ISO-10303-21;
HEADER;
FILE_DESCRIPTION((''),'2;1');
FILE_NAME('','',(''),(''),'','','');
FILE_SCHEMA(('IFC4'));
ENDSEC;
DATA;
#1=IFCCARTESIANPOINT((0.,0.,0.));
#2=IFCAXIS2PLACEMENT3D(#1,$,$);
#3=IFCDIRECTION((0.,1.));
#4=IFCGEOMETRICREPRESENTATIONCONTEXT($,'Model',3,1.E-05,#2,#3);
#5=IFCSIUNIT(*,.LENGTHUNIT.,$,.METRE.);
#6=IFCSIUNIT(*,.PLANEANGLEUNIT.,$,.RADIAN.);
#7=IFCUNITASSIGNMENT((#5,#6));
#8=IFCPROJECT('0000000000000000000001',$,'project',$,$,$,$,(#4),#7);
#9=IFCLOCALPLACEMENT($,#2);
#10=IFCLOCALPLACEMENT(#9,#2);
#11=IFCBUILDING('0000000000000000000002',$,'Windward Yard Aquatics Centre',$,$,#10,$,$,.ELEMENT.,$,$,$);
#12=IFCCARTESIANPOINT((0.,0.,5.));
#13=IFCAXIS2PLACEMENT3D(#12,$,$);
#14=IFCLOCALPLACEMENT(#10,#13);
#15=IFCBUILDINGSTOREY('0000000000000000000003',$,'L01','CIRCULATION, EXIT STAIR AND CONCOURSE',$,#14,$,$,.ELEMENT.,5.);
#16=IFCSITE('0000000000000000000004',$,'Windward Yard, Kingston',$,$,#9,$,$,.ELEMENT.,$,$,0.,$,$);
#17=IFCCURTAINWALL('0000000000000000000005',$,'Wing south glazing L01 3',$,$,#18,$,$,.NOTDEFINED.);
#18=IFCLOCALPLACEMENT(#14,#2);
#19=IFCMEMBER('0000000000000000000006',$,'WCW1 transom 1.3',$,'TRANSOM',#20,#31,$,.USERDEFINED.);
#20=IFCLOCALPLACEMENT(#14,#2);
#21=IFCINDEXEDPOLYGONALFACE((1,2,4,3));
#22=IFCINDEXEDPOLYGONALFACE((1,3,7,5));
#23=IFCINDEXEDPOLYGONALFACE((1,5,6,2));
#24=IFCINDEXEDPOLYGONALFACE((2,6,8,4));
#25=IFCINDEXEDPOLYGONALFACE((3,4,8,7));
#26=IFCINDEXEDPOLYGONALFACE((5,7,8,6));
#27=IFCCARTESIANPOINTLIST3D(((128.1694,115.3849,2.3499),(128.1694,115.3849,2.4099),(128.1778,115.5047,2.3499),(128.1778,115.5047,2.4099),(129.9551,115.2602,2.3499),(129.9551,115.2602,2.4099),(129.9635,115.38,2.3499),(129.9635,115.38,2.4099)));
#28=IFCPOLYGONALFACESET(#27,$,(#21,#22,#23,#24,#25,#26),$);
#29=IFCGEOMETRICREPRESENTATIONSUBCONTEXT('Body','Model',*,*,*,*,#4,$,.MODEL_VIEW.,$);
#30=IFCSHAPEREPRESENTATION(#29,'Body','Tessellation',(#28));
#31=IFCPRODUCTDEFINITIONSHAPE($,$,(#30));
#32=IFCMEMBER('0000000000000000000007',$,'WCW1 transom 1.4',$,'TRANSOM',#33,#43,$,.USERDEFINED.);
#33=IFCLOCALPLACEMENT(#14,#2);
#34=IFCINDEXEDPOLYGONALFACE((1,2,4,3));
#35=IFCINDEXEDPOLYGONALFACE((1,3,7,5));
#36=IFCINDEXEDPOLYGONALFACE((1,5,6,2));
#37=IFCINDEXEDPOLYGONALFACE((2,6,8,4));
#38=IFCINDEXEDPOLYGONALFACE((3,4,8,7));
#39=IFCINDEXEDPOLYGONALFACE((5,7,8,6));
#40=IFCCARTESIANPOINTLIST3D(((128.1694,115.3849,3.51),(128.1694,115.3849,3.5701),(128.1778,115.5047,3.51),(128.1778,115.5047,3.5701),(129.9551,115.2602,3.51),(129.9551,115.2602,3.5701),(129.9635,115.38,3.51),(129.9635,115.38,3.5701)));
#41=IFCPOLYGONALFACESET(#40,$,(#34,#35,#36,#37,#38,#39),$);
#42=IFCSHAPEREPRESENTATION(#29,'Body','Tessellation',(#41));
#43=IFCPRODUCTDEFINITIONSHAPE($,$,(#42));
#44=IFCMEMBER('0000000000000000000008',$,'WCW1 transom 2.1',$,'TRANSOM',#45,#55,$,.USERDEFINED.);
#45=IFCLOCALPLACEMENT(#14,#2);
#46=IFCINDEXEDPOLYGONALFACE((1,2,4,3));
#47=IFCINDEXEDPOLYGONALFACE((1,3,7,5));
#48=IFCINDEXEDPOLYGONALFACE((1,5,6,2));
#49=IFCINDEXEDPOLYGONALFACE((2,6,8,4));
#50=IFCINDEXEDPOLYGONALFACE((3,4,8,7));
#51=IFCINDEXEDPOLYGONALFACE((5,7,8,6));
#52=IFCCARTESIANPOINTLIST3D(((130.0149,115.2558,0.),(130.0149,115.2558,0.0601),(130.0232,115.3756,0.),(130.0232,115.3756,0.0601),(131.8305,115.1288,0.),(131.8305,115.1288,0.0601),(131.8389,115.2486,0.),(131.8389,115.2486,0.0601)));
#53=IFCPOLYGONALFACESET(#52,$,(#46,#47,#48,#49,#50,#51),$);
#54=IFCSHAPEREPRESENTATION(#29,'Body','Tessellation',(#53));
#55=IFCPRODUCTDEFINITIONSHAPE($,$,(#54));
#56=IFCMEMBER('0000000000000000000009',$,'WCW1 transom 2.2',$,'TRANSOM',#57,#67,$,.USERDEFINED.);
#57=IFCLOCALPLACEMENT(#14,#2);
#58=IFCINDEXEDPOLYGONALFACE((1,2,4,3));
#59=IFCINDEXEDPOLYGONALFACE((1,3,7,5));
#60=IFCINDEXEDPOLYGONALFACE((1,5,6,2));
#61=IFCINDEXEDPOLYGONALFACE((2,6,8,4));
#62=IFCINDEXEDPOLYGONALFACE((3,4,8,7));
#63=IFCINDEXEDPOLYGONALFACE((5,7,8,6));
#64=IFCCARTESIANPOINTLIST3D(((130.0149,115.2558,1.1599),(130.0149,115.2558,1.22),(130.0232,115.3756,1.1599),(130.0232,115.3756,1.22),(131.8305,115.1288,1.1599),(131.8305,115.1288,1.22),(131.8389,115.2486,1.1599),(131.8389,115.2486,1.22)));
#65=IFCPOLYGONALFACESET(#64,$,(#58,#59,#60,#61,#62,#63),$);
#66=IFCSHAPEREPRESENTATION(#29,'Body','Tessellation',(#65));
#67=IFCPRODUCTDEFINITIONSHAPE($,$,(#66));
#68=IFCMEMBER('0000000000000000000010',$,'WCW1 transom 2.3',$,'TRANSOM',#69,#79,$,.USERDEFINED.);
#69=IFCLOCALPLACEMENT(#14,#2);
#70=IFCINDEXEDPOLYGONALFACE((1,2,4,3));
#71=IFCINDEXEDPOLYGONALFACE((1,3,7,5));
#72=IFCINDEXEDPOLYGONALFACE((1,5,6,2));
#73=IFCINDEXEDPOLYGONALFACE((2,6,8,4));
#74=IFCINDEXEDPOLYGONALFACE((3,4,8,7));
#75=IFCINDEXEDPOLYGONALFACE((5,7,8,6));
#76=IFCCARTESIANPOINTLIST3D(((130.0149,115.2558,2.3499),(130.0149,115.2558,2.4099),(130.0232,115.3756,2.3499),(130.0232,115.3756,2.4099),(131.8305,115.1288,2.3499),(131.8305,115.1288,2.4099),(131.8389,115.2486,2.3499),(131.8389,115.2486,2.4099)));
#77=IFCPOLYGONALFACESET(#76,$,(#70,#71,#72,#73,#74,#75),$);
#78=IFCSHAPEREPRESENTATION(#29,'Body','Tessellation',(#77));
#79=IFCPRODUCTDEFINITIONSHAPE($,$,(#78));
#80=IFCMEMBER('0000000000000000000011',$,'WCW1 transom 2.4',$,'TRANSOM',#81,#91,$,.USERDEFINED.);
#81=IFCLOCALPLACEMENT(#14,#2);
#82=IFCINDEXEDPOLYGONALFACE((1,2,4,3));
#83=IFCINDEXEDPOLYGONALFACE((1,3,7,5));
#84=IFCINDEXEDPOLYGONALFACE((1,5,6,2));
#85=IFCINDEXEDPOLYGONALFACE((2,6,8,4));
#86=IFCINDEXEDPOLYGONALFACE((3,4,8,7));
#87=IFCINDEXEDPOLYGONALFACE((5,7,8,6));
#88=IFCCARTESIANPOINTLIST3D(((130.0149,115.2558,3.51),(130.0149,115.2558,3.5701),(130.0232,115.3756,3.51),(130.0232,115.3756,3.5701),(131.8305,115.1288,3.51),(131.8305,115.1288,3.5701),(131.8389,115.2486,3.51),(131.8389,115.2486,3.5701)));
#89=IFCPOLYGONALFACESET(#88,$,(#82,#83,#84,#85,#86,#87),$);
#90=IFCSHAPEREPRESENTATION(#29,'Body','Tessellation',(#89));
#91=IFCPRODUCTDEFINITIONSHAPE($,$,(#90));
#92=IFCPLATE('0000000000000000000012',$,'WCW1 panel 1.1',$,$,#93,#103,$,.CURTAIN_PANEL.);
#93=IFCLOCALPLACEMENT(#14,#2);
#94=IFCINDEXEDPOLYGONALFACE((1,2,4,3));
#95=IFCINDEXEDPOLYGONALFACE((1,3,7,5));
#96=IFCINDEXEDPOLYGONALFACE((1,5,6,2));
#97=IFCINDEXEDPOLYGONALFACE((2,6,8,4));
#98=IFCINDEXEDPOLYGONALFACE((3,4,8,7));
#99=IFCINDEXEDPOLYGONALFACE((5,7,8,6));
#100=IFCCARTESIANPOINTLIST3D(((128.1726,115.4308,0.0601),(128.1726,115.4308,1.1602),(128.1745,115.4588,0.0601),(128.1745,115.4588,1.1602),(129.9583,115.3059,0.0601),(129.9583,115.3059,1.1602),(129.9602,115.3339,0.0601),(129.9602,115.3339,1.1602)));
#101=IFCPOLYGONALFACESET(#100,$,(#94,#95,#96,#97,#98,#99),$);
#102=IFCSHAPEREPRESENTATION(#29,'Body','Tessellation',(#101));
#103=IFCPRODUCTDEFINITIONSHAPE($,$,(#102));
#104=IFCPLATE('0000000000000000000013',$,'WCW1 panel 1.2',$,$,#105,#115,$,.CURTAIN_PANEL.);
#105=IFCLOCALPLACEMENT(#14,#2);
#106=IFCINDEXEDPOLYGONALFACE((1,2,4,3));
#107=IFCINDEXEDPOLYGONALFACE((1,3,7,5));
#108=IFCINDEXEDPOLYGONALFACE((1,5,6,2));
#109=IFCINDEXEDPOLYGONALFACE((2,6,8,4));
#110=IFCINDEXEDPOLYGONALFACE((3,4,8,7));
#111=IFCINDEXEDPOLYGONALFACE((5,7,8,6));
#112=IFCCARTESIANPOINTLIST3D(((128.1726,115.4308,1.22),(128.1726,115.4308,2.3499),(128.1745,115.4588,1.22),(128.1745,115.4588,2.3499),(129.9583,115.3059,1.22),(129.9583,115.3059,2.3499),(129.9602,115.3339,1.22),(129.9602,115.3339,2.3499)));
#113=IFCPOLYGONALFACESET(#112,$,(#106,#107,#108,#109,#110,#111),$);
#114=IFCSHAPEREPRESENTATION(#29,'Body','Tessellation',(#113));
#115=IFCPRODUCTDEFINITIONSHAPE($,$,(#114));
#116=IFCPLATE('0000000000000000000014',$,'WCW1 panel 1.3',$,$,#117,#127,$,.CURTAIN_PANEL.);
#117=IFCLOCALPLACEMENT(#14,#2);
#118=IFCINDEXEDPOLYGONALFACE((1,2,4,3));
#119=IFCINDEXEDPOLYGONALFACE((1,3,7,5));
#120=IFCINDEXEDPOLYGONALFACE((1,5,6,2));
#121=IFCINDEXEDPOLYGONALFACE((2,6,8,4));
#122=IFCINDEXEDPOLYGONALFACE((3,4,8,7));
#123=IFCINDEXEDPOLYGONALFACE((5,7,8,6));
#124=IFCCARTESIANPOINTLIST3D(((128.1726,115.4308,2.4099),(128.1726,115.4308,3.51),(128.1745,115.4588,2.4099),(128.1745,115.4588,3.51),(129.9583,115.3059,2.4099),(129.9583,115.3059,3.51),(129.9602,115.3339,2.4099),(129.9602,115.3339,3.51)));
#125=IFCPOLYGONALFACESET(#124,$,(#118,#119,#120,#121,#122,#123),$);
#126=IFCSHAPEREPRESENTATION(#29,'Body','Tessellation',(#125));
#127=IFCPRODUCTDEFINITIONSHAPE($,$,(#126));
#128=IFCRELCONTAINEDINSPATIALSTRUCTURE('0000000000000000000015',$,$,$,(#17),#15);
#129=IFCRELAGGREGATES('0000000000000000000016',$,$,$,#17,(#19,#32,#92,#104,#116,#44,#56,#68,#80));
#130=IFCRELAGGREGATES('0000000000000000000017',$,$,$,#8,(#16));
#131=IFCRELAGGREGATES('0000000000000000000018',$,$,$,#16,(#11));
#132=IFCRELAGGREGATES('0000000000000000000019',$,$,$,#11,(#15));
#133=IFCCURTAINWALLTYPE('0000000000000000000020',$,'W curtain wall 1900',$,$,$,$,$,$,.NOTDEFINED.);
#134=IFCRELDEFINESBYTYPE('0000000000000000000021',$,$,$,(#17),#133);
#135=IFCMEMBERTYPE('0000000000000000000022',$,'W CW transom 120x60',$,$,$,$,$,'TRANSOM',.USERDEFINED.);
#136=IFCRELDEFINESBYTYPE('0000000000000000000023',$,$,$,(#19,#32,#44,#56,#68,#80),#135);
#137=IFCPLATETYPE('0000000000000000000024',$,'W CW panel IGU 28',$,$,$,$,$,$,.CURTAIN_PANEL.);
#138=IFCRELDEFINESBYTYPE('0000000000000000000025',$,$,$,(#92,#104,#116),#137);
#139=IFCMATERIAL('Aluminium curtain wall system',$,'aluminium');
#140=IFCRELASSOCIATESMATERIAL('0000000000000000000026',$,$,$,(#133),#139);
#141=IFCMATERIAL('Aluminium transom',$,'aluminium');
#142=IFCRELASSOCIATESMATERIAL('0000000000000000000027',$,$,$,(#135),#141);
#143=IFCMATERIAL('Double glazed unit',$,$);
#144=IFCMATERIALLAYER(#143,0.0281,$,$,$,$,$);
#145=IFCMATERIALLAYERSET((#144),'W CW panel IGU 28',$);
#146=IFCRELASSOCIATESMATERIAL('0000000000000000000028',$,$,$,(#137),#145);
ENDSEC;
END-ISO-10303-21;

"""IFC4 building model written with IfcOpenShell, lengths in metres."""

from ifc_helpers import new_model, si_unit, direction, frame, origin, origin_2d, place, context, subcontext, project, spatial, rectangle, extrude, material, layer, layer_set, material_profile, profile_set, type_object, element, aggregate, save


model = new_model("IFC4")

# Units and contexts
model_context = context("Model", 3, precision=1e-05, world=origin(), true_north=direction((0.0, 1.0)))
body_context = subcontext(model_context, "Body", "Model", "MODEL_VIEW")
ifc_project = project(units=[si_unit("LENGTHUNIT", "METRE"), si_unit("PLANEANGLEUNIT", "RADIAN")], contexts=[model_context])

# Site, building, storey
site_placement = place(None, origin())
site = spatial("IfcSite", under=ifc_project, at=site_placement, Name="Windward Yard, Kingston", CompositionType="ELEMENT", RefElevation=0.0)
building_placement = place(site_placement, origin())
building = spatial("IfcBuilding", under=site, at=building_placement, Name="Windward Yard Aquatics Centre", CompositionType="ELEMENT")
storey_placement = place(building_placement, frame((0.0, 0.0, 5.0)))
storey = spatial("IfcBuildingStorey", under=building, at=storey_placement, Name="L01", Description="CIRCULATION, EXIT STAIR AND CONCOURSE", CompositionType="ELEMENT", Elevation=5.0)

# Curtain wall, members, plates
ifc_material_1 = material(Name="Aluminium curtain wall system", Category="aluminium")
curtain_wall_type_1 = type_object("IfcCurtainWallType", Name="W curtain wall 1900", PredefinedType="NOTDEFINED", material=ifc_material_1)
curtain_wall_1_placement = place(storey_placement, origin())
curtain_wall_1 = element("IfcCurtainWall", 1, at=curtain_wall_1_placement, inside=storey, type_object=curtain_wall_type_1, Name="Wing south glazing L01 3", PredefinedType="NOTDEFINED")
ifc_material_2 = material(Name="Aluminium transom", Category="aluminium")
ifc_material_profile_1 = material_profile(ifc_material_2, rectangle(XDim=0.1201, YDim=0.0601, at=origin_2d()), Name="AL 120x60")
ifc_profile_set_1 = profile_set([ifc_material_profile_1], Name="Aluminium transom")
member_type_1 = type_object("IfcMemberType", Name="W CW transom 120x60", ElementType="TRANSOM", PredefinedType="USERDEFINED", material=ifc_profile_set_1)
member_1_placement = place(storey_placement, frame((128.1736, 115.4448, 2.3799), z_axis=(0.997568, -0.069696, 0.0), x_axis=(0.069696, 0.997568, 0.0)))
member_1 = element("IfcMember", 2, at=member_1_placement, type_object=member_type_1, Name="WCW1 transom 1.3", ObjectType="TRANSOM", PredefinedType="USERDEFINED", context=body_context, shape_type="SweptSolid", body=[
    extrude(rectangle(XDim=0.1201, YDim=0.0601, at=origin_2d()), origin(), (0.0, 0.0, 1.0), 1.79),
])
member_2_placement = place(storey_placement, frame((128.1736, 115.4448, 3.54), z_axis=(0.997568, -0.069696, 0.0), x_axis=(0.069696, 0.997568, 0.0)))
member_2 = element("IfcMember", 3, at=member_2_placement, type_object=member_type_1, Name="WCW1 transom 1.4", ObjectType="TRANSOM", PredefinedType="USERDEFINED", context=body_context, shape_type="SweptSolid", body=[
    extrude(rectangle(XDim=0.1201, YDim=0.0601, at=origin_2d()), origin(), (0.0, 0.0, 1.0), 1.79),
])
member_3_placement = place(storey_placement, frame((130.019, 115.3157, 0.03), z_axis=(0.997564, -0.06975, 0.0), x_axis=(0.06975, 0.997564, 0.0)))
member_3 = element("IfcMember", 4, at=member_3_placement, type_object=member_type_1, Name="WCW1 transom 2.1", ObjectType="TRANSOM", PredefinedType="USERDEFINED", context=body_context, shape_type="SweptSolid", body=[
    extrude(rectangle(XDim=0.1201, YDim=0.0601, at=origin_2d()), origin(), (0.0, 0.0, 1.0), 1.8201),
])
member_4_placement = place(storey_placement, frame((130.019, 115.3157, 1.1899), z_axis=(0.997564, -0.06975, 0.0), x_axis=(0.06975, 0.997564, 0.0)))
member_4 = element("IfcMember", 5, at=member_4_placement, type_object=member_type_1, Name="WCW1 transom 2.2", ObjectType="TRANSOM", PredefinedType="USERDEFINED", context=body_context, shape_type="SweptSolid", body=[
    extrude(rectangle(XDim=0.1201, YDim=0.0601, at=origin_2d()), origin(), (0.0, 0.0, 1.0), 1.8201),
])
member_5_placement = place(storey_placement, frame((130.019, 115.3157, 2.3799), z_axis=(0.997564, -0.06975, 0.0), x_axis=(0.06975, 0.997564, 0.0)))
member_5 = element("IfcMember", 6, at=member_5_placement, type_object=member_type_1, Name="WCW1 transom 2.3", ObjectType="TRANSOM", PredefinedType="USERDEFINED", context=body_context, shape_type="SweptSolid", body=[
    extrude(rectangle(XDim=0.1201, YDim=0.0601, at=origin_2d()), origin(), (0.0, 0.0, 1.0), 1.8201),
])
member_6_placement = place(storey_placement, frame((130.019, 115.3157, 3.54), z_axis=(0.997564, -0.06975, 0.0), x_axis=(0.06975, 0.997564, 0.0)))
member_6 = element("IfcMember", 7, at=member_6_placement, type_object=member_type_1, Name="WCW1 transom 2.4", ObjectType="TRANSOM", PredefinedType="USERDEFINED", context=body_context, shape_type="SweptSolid", body=[
    extrude(rectangle(XDim=0.1201, YDim=0.0601, at=origin_2d()), origin(), (0.0, 0.0, 1.0), 1.8201),
])
ifc_material_3 = material(Name="Double glazed unit")
ifc_layer_1 = layer(ifc_material_3, 0.0281)
ifc_layer_set_1 = layer_set([ifc_layer_1], Name="W CW panel IGU 28")
plate_type = type_object("IfcPlateType", Name="W CW panel IGU 28", PredefinedType="CURTAIN_PANEL", material=ifc_layer_set_1)
plate_1_placement = place(storey_placement, frame((129.0664, 115.3823, 0.0601), z_axis=(0.0, 0.0, 1.0), x_axis=(0.997564, -0.069755, 0.0)))
plate_1 = element("IfcPlate", 8, at=plate_1_placement, type_object=plate_type, Name="WCW1 panel 1.1", PredefinedType="CURTAIN_PANEL", context=body_context, shape_type="SweptSolid", body=[
    extrude(rectangle(XDim=1.79, YDim=0.0281, at=origin_2d()), origin(), (0.0, 0.0, 1.0), 1.1001),
])
plate_2_placement = place(storey_placement, frame((129.0664, 115.3823, 1.22), z_axis=(0.0, 0.0, 1.0), x_axis=(0.997564, -0.069755, 0.0)))
plate_2 = element("IfcPlate", 9, at=plate_2_placement, type_object=plate_type, Name="WCW1 panel 1.2", PredefinedType="CURTAIN_PANEL", context=body_context, shape_type="SweptSolid", body=[
    extrude(rectangle(XDim=1.79, YDim=0.0281, at=origin_2d()), origin(), (0.0, 0.0, 1.0), 1.1299),
])
plate_3_placement = place(storey_placement, frame((129.0664, 115.3823, 2.4099), z_axis=(0.0, 0.0, 1.0), x_axis=(0.997564, -0.069755, 0.0)))
plate_3 = element("IfcPlate", 10, at=plate_3_placement, type_object=plate_type, Name="WCW1 panel 1.3", PredefinedType="CURTAIN_PANEL", context=body_context, shape_type="SweptSolid", body=[
    extrude(rectangle(XDim=1.79, YDim=0.0281, at=origin_2d()), origin(), (0.0, 0.0, 1.0), 1.1001),
])
aggregate(curtain_wall_1, [member_1, member_2, plate_1, plate_2, plate_3, member_3, member_4, member_5, member_6])

save(model, "model.ifc")
